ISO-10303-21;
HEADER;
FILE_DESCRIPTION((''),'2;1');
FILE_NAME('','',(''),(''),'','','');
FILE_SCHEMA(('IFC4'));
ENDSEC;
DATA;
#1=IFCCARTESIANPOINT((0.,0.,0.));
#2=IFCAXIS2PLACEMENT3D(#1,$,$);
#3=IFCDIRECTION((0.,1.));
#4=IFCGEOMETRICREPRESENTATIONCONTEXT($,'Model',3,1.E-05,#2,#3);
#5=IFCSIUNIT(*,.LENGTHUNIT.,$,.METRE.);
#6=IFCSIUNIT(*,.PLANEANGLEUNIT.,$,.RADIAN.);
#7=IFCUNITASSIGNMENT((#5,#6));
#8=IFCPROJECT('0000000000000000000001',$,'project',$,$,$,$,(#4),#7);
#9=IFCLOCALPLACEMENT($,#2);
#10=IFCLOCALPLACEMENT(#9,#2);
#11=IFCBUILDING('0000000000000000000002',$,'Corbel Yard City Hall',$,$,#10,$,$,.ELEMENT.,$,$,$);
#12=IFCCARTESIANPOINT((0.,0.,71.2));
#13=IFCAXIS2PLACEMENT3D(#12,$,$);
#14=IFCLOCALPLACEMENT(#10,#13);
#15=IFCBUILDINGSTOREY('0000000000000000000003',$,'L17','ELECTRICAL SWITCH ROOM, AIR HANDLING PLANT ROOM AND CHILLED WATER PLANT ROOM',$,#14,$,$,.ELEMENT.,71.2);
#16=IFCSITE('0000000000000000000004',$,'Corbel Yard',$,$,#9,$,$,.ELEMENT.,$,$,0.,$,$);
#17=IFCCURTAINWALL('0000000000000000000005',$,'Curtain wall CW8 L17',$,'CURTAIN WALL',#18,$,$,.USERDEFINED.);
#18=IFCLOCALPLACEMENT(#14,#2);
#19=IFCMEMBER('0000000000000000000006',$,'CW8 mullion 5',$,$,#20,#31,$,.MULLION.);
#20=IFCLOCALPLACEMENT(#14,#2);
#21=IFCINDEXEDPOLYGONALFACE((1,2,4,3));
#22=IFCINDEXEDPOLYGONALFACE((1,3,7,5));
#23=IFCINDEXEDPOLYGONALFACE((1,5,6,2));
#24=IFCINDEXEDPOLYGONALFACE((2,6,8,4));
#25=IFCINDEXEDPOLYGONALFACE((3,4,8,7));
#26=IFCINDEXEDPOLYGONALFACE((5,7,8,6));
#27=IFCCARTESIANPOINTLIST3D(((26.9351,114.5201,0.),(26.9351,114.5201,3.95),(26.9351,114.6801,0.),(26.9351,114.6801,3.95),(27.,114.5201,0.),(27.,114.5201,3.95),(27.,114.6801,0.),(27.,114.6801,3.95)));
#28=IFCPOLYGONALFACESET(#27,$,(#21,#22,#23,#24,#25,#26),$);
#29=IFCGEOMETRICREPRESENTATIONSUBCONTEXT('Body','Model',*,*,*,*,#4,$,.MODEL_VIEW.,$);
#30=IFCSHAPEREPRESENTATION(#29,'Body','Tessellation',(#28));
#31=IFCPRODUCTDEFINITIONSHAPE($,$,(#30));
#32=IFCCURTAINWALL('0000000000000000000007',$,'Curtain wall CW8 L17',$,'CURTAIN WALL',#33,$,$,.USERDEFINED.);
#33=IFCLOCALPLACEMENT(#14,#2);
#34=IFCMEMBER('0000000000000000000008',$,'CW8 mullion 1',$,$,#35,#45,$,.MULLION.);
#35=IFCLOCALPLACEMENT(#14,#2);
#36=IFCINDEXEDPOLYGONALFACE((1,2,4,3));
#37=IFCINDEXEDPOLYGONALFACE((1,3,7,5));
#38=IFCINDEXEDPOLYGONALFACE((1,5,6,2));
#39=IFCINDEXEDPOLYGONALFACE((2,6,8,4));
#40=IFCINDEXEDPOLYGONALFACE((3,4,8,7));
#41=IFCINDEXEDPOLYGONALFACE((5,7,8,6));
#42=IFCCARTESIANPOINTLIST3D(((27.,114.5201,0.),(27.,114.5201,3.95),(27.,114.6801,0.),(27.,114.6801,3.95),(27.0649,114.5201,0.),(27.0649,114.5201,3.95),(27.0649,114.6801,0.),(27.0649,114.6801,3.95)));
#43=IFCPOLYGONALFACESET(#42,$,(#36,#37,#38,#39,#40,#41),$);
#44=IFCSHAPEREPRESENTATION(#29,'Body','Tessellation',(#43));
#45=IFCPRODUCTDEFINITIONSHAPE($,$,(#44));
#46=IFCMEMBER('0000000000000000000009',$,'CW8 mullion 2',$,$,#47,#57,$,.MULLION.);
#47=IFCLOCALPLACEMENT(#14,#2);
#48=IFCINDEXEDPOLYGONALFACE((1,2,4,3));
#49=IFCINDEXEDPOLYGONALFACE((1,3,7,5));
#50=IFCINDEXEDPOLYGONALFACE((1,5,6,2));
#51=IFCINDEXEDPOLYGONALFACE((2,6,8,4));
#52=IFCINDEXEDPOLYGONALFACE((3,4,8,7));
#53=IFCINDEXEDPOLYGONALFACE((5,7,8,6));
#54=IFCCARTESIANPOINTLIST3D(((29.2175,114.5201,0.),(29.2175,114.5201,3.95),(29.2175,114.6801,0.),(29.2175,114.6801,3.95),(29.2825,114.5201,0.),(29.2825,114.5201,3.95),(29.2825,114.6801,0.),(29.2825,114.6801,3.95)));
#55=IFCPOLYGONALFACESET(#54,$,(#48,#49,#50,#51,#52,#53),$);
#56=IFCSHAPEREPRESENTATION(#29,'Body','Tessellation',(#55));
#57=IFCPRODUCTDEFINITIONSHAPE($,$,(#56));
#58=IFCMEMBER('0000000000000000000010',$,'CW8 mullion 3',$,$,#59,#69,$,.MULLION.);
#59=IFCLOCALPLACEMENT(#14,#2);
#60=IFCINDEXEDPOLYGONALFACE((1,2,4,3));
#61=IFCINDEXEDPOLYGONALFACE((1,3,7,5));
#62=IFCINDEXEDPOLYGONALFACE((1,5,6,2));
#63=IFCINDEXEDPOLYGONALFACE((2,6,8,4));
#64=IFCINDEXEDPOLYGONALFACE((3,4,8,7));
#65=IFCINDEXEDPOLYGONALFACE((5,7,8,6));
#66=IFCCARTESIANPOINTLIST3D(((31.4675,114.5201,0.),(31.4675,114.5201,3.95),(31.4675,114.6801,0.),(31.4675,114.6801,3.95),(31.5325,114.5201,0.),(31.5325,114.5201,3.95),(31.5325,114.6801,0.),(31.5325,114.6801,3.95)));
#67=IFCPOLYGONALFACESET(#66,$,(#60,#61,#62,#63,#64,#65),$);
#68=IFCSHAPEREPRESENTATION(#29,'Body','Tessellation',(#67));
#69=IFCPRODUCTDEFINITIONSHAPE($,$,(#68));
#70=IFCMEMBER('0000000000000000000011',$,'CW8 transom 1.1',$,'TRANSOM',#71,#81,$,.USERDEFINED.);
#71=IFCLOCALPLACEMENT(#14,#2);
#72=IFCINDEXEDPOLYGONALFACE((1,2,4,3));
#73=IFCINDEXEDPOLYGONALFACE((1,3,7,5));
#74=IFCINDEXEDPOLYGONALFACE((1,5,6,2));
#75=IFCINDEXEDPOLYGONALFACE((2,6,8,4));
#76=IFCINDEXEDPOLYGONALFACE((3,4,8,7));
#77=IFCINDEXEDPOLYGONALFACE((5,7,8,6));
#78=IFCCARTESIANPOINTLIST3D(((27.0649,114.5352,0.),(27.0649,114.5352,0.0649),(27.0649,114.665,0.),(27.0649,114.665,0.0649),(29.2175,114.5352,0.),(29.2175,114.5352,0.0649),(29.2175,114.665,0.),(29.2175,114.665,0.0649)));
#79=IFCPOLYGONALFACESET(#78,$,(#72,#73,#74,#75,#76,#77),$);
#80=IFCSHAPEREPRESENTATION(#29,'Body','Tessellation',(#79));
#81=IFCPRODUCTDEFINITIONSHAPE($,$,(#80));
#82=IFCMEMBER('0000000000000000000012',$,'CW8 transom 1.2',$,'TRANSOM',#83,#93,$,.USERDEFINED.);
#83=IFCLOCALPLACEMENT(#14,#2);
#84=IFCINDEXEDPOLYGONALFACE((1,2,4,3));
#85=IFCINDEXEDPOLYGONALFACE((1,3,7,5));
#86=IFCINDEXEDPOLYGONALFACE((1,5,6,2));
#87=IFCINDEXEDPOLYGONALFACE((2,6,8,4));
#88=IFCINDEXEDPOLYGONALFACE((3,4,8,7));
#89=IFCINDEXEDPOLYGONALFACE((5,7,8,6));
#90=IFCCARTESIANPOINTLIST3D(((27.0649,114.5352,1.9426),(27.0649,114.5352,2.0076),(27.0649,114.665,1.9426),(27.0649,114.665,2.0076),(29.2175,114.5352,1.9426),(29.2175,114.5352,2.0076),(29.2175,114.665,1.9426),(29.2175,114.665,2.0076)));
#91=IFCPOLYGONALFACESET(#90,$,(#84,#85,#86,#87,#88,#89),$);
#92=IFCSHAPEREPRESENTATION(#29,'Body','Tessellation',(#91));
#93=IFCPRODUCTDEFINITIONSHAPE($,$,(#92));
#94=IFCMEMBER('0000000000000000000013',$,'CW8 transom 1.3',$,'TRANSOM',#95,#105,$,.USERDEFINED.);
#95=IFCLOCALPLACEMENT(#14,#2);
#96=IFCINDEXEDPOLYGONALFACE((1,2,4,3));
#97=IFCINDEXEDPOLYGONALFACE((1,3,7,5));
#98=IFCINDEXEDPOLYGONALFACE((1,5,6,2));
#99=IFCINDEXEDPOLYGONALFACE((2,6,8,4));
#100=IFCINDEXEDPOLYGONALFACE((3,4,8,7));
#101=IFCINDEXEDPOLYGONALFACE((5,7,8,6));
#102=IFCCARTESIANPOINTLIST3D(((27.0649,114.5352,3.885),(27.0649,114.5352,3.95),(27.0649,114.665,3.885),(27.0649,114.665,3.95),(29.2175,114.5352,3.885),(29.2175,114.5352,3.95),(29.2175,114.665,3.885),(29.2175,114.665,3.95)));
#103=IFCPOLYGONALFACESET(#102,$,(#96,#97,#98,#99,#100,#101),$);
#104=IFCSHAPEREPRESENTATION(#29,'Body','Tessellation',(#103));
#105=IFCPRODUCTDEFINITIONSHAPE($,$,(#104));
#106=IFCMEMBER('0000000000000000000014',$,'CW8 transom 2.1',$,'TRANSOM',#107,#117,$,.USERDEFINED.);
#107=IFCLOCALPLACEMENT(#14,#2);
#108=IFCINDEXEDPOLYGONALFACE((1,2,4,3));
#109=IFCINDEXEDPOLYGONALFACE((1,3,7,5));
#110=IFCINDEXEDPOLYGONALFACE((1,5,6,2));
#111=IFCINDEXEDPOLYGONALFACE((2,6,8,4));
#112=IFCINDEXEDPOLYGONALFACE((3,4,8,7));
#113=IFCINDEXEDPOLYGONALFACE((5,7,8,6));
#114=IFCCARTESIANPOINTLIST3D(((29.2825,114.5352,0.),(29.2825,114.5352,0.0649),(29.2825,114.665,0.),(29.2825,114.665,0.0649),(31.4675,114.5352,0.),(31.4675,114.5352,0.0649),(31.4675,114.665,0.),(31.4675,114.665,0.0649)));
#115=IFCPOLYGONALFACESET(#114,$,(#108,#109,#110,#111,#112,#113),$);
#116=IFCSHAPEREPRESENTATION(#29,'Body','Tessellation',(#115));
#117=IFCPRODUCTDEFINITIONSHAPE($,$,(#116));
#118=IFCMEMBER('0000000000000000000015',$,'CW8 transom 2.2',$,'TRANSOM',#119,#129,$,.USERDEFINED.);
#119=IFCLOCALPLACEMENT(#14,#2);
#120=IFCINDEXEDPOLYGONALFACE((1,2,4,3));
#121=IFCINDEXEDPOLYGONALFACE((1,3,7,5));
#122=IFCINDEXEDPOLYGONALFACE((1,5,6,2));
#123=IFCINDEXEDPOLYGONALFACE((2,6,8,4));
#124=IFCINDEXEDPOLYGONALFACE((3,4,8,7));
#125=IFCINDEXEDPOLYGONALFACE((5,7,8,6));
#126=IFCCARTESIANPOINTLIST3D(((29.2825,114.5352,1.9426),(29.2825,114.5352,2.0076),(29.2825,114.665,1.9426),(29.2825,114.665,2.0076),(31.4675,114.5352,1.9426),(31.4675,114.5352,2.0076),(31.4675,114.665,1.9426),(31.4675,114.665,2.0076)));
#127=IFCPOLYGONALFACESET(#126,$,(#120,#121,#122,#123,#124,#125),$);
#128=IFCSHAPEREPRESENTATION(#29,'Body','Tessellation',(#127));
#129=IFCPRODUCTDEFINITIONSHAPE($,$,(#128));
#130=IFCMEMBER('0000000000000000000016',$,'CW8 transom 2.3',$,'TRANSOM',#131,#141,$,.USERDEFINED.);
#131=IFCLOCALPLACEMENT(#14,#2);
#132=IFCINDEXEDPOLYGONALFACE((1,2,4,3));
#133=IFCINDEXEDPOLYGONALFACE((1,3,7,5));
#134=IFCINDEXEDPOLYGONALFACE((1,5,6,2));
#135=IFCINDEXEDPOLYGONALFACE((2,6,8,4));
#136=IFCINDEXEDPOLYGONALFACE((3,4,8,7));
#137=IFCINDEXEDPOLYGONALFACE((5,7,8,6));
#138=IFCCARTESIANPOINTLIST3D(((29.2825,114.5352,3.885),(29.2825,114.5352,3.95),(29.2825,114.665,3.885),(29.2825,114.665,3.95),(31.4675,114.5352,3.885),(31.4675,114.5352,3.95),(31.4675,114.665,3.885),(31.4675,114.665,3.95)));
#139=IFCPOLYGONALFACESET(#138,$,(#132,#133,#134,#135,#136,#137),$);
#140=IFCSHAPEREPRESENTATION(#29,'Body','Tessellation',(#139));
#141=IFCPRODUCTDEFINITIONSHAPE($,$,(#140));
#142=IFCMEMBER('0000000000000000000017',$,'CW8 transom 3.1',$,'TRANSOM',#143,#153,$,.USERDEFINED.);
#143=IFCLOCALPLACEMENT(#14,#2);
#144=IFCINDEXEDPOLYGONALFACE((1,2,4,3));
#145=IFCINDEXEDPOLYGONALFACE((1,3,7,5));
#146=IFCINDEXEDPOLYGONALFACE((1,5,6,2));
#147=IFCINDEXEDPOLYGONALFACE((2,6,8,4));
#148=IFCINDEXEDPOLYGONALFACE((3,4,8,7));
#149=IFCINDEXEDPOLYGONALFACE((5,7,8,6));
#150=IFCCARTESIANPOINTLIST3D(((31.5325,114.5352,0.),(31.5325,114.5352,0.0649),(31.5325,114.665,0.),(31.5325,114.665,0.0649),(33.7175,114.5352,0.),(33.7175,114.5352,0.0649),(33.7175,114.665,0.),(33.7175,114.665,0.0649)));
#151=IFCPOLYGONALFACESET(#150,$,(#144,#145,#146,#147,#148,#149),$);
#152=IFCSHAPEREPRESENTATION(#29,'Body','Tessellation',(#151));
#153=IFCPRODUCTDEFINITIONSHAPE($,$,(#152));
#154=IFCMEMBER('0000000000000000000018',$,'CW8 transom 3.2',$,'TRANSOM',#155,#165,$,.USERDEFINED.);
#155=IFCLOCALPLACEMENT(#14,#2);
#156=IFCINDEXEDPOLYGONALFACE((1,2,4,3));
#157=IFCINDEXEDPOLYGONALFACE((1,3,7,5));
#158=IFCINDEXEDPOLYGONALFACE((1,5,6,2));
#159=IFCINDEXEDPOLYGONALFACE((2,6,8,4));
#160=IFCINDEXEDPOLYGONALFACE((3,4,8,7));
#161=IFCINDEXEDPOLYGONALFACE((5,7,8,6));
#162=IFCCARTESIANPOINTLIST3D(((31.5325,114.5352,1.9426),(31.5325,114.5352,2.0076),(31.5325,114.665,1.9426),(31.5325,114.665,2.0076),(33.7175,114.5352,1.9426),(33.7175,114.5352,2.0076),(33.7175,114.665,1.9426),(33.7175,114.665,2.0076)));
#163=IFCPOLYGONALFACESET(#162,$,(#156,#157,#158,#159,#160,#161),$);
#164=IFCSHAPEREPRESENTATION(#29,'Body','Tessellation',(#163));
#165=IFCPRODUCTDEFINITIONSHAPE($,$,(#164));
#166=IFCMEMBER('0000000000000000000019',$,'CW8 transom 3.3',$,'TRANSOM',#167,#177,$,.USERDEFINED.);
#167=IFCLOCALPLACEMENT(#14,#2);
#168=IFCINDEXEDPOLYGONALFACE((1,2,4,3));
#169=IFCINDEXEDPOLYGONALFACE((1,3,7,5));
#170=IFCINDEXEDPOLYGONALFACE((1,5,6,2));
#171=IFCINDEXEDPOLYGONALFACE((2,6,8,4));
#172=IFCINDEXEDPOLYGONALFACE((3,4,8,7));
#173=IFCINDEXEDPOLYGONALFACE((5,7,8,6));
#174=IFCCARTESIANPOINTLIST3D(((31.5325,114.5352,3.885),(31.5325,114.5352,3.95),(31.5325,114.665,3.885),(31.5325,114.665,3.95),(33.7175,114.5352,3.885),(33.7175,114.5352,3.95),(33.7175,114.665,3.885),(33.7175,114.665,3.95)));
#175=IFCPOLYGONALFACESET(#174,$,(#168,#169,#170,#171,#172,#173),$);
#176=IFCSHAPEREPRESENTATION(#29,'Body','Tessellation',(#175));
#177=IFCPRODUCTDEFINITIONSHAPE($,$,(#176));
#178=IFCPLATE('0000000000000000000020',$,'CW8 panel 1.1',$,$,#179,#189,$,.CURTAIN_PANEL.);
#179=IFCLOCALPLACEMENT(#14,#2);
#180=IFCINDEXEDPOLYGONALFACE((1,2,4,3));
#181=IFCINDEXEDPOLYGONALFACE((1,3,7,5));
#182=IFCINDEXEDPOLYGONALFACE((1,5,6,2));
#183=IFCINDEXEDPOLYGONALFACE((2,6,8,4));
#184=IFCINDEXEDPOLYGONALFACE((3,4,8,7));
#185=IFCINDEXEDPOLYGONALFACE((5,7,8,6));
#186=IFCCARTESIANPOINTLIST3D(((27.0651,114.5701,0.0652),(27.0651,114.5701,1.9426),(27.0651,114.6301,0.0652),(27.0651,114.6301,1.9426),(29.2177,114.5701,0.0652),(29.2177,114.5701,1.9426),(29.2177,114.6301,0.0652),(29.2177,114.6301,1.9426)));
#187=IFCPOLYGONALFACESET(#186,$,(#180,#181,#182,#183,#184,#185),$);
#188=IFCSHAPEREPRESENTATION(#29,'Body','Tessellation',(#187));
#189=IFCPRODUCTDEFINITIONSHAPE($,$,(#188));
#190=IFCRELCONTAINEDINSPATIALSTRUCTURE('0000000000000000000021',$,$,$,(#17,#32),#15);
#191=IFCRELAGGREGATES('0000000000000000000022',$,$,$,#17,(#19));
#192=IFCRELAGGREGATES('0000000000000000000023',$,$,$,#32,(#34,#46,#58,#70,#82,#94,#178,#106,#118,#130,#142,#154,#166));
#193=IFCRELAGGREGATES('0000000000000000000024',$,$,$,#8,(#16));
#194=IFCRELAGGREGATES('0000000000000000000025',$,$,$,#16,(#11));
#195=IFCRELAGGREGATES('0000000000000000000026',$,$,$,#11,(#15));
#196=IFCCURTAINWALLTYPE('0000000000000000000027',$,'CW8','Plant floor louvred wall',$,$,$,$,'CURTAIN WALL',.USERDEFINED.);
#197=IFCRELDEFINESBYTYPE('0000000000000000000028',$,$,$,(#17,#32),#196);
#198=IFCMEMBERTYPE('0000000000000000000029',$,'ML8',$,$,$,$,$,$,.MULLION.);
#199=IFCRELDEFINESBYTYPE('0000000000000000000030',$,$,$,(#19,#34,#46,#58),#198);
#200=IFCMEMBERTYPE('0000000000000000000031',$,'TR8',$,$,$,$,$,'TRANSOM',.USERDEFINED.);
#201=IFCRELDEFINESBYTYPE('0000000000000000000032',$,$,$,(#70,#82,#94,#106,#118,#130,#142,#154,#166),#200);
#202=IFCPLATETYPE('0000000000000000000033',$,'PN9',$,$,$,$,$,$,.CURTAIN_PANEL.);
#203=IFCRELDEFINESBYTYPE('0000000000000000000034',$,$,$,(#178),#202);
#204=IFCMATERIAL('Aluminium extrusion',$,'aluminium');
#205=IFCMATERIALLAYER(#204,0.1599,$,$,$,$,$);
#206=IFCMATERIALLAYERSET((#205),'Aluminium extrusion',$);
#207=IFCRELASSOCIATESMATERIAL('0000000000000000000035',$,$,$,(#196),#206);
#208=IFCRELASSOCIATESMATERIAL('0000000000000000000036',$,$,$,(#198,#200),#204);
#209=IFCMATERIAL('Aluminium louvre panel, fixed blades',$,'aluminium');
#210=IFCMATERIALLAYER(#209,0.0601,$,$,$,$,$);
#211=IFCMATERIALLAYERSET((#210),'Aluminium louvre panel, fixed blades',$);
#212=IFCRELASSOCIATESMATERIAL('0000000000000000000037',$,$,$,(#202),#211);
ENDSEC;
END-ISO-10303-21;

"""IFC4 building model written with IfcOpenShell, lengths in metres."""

from ifc_helpers import new_model, si_unit, direction, frame, origin, origin_2d, place, context, subcontext, project, spatial, rectangle, extrude, material, layer, layer_set, material_profile, profile_set, type_object, element, aggregate, save


model = new_model("IFC4")

# Units and contexts
model_context = context("Model", 3, precision=1e-05, world=origin(), true_north=direction((0.0, 1.0)))
body_context = subcontext(model_context, "Body", "Model", "MODEL_VIEW")
ifc_project = project(units=[si_unit("LENGTHUNIT", "METRE"), si_unit("PLANEANGLEUNIT", "RADIAN")], contexts=[model_context])

# Site, building, storey
site_placement = place(None, origin())
site = spatial("IfcSite", under=ifc_project, at=site_placement, Name="Corbel Yard", CompositionType="ELEMENT", RefElevation=0.0)
building_placement = place(site_placement, origin())
building = spatial("IfcBuilding", under=site, at=building_placement, Name="Corbel Yard City Hall", CompositionType="ELEMENT")
storey_placement = place(building_placement, frame((0.0, 0.0, 71.2)))
storey = spatial("IfcBuildingStorey", under=building, at=storey_placement, Name="L17", Description="ELECTRICAL SWITCH ROOM, AIR HANDLING PLANT ROOM AND CHILLED WATER PLANT ROOM", CompositionType="ELEMENT", Elevation=71.2)

# Curtain wall, member
ifc_material_1 = material(Name="Aluminium extrusion", Category="aluminium")
ifc_layer_1 = layer(ifc_material_1, 0.1599)
ifc_layer_set_1 = layer_set([ifc_layer_1], Name="Aluminium extrusion")
curtain_wall_type = type_object("IfcCurtainWallType", Name="CW8", Description="Plant floor louvred wall", ElementType="CURTAIN WALL", PredefinedType="USERDEFINED", material=ifc_layer_set_1)
curtain_wall_1_placement = place(storey_placement, origin())
curtain_wall_1 = element("IfcCurtainWall", 1, at=curtain_wall_1_placement, inside=storey, type_object=curtain_wall_type, Name="Curtain wall CW8 L17", ObjectType="CURTAIN WALL", PredefinedType="USERDEFINED")
ifc_material_profile_1 = material_profile(ifc_material_1, rectangle(XDim=0.1599, YDim=0.0649, at=origin_2d()), Name="160x65")
ifc_profile_set_1 = profile_set([ifc_material_profile_1], Name="Aluminium extrusion")
member_type_1 = type_object("IfcMemberType", Name="ML8", PredefinedType="MULLION", material=ifc_profile_set_1)
member_1_placement = place(storey_placement, frame((26.9675, 114.6001, 0.0), z_axis=(0.0, 0.0, 1.0), x_axis=(0.0, 1.0, 0.0)))
member_1 = element("IfcMember", 2, at=member_1_placement, type_object=member_type_1, Name="CW8 mullion 5", PredefinedType="MULLION", context=body_context, shape_type="SweptSolid", body=[
    extrude(rectangle(XDim=0.1599, YDim=0.0649, at=origin_2d()), origin(), (0.0, 0.0, 1.0), 3.95),
])
aggregate(curtain_wall_1, [member_1])

# Curtain wall, members, plate
curtain_wall_2_placement = place(storey_placement, origin())
curtain_wall_2 = element("IfcCurtainWall", 3, at=curtain_wall_2_placement, inside=storey, type_object=curtain_wall_type, Name="Curtain wall CW8 L17", ObjectType="CURTAIN WALL", PredefinedType="USERDEFINED")
member_2_placement = place(storey_placement, frame((27.0325, 114.6001, 0.0), z_axis=(0.0, 0.0, 1.0), x_axis=(0.0, 1.0, 0.0)))
member_2 = element("IfcMember", 4, at=member_2_placement, type_object=member_type_1, Name="CW8 mullion 1", PredefinedType="MULLION", context=body_context, shape_type="SweptSolid", body=[
    extrude(rectangle(XDim=0.1599, YDim=0.0649, at=origin_2d()), origin(), (0.0, 0.0, 1.0), 3.95),
])
member_3_placement = place(storey_placement, frame((29.25, 114.6001, 0.0), z_axis=(0.0, 0.0, 1.0), x_axis=(0.0, 1.0, 0.0)))
member_3 = element("IfcMember", 5, at=member_3_placement, type_object=member_type_1, Name="CW8 mullion 2", PredefinedType="MULLION", context=body_context, shape_type="SweptSolid", body=[
    extrude(rectangle(XDim=0.1599, YDim=0.0649, at=origin_2d()), origin(), (0.0, 0.0, 1.0), 3.95),
])
member_4_placement = place(storey_placement, frame((31.5, 114.6001, 0.0), z_axis=(0.0, 0.0, 1.0), x_axis=(0.0, 1.0, 0.0)))
member_4 = element("IfcMember", 6, at=member_4_placement, type_object=member_type_1, Name="CW8 mullion 3", PredefinedType="MULLION", context=body_context, shape_type="SweptSolid", body=[
    extrude(rectangle(XDim=0.1599, YDim=0.0649, at=origin_2d()), origin(), (0.0, 0.0, 1.0), 3.95),
])
ifc_material_profile_2 = material_profile(ifc_material_1, rectangle(XDim=0.1299, YDim=0.0649, at=origin_2d()), Name="130x65")
ifc_profile_set_2 = profile_set([ifc_material_profile_2], Name="Aluminium extrusion")
member_type_2 = type_object("IfcMemberType", Name="TR8", ElementType="TRANSOM", PredefinedType="USERDEFINED", material=ifc_profile_set_2)
member_5_placement = place(storey_placement, frame((27.0649, 114.6001, 0.0325), z_axis=(1.0, 0.0, 0.0), x_axis=(0.0, 1.0, 0.0)))
member_5 = element("IfcMember", 7, at=member_5_placement, type_object=member_type_2, Name="CW8 transom 1.1", ObjectType="TRANSOM", PredefinedType="USERDEFINED", context=body_context, shape_type="SweptSolid", body=[
    extrude(rectangle(XDim=0.1299, YDim=0.0649, at=origin_2d()), origin(), (0.0, 0.0, 1.0), 2.1526),
])
member_6_placement = place(storey_placement, frame((27.0649, 114.6001, 1.9751), z_axis=(1.0, 0.0, 0.0), x_axis=(0.0, 1.0, 0.0)))
member_6 = element("IfcMember", 8, at=member_6_placement, type_object=member_type_2, Name="CW8 transom 1.2", ObjectType="TRANSOM", PredefinedType="USERDEFINED", context=body_context, shape_type="SweptSolid", body=[
    extrude(rectangle(XDim=0.1299, YDim=0.0649, at=origin_2d()), origin(), (0.0, 0.0, 1.0), 2.1526),
])
member_7_placement = place(storey_placement, frame((27.0649, 114.6001, 3.9175), z_axis=(1.0, 0.0, 0.0), x_axis=(0.0, 1.0, 0.0)))
member_7 = element("IfcMember", 9, at=member_7_placement, type_object=member_type_2, Name="CW8 transom 1.3", ObjectType="TRANSOM", PredefinedType="USERDEFINED", context=body_context, shape_type="SweptSolid", body=[
    extrude(rectangle(XDim=0.1299, YDim=0.0649, at=origin_2d()), origin(), (0.0, 0.0, 1.0), 2.1526),
])
member_8_placement = place(storey_placement, frame((29.2825, 114.6001, 0.0325), z_axis=(1.0, 0.0, 0.0), x_axis=(0.0, 1.0, 0.0)))
member_8 = element("IfcMember", 10, at=member_8_placement, type_object=member_type_2, Name="CW8 transom 2.1", ObjectType="TRANSOM", PredefinedType="USERDEFINED", context=body_context, shape_type="SweptSolid", body=[
    extrude(rectangle(XDim=0.1299, YDim=0.0649, at=origin_2d()), origin(), (0.0, 0.0, 1.0), 2.1851),
])
member_9_placement = place(storey_placement, frame((29.2825, 114.6001, 1.9751), z_axis=(1.0, 0.0, 0.0), x_axis=(0.0, 1.0, 0.0)))
member_9 = element("IfcMember", 11, at=member_9_placement, type_object=member_type_2, Name="CW8 transom 2.2", ObjectType="TRANSOM", PredefinedType="USERDEFINED", context=body_context, shape_type="SweptSolid", body=[
    extrude(rectangle(XDim=0.1299, YDim=0.0649, at=origin_2d()), origin(), (0.0, 0.0, 1.0), 2.1851),
])
member_10_placement = place(storey_placement, frame((29.2825, 114.6001, 3.9175), z_axis=(1.0, 0.0, 0.0), x_axis=(0.0, 1.0, 0.0)))
member_10 = element("IfcMember", 12, at=member_10_placement, type_object=member_type_2, Name="CW8 transom 2.3", ObjectType="TRANSOM", PredefinedType="USERDEFINED", context=body_context, shape_type="SweptSolid", body=[
    extrude(rectangle(XDim=0.1299, YDim=0.0649, at=origin_2d()), origin(), (0.0, 0.0, 1.0), 2.1851),
])
member_11_placement = place(storey_placement, frame((31.5325, 114.6001, 0.0325), z_axis=(1.0, 0.0, 0.0), x_axis=(0.0, 1.0, 0.0)))
member_11 = element("IfcMember", 13, at=member_11_placement, type_object=member_type_2, Name="CW8 transom 3.1", ObjectType="TRANSOM", PredefinedType="USERDEFINED", context=body_context, shape_type="SweptSolid", body=[
    extrude(rectangle(XDim=0.1299, YDim=0.0649, at=origin_2d()), origin(), (0.0, 0.0, 1.0), 2.1851),
])
member_12_placement = place(storey_placement, frame((31.5325, 114.6001, 1.9751), z_axis=(1.0, 0.0, 0.0), x_axis=(0.0, 1.0, 0.0)))
member_12 = element("IfcMember", 14, at=member_12_placement, type_object=member_type_2, Name="CW8 transom 3.2", ObjectType="TRANSOM", PredefinedType="USERDEFINED", context=body_context, shape_type="SweptSolid", body=[
    extrude(rectangle(XDim=0.1299, YDim=0.0649, at=origin_2d()), origin(), (0.0, 0.0, 1.0), 2.1851),
])
member_13_placement = place(storey_placement, frame((31.5325, 114.6001, 3.9175), z_axis=(1.0, 0.0, 0.0), x_axis=(0.0, 1.0, 0.0)))
member_13 = element("IfcMember", 15, at=member_13_placement, type_object=member_type_2, Name="CW8 transom 3.3", ObjectType="TRANSOM", PredefinedType="USERDEFINED", context=body_context, shape_type="SweptSolid", body=[
    extrude(rectangle(XDim=0.1299, YDim=0.0649, at=origin_2d()), origin(), (0.0, 0.0, 1.0), 2.1851),
])
ifc_material_2 = material(Name="Aluminium louvre panel, fixed blades", Category="aluminium")
ifc_layer_2 = layer(ifc_material_2, 0.0601)
ifc_layer_set_2 = layer_set([ifc_layer_2], Name="Aluminium louvre panel, fixed blades")
plate_type = type_object("IfcPlateType", Name="PN9", PredefinedType="CURTAIN_PANEL", material=ifc_layer_set_2)
plate_1_placement = place(storey_placement, frame((28.1414, 114.6001, 0.0652), z_axis=(0.0, 0.0, 1.0), x_axis=(1.0, 0.0, 0.0)))
plate_1 = element("IfcPlate", 16, at=plate_1_placement, type_object=plate_type, Name="CW8 panel 1.1", PredefinedType="CURTAIN_PANEL", context=body_context, shape_type="SweptSolid", body=[
    extrude(rectangle(XDim=2.1526, YDim=0.0601, at=origin_2d()), origin(), (0.0, 0.0, 1.0), 1.8774),
])
aggregate(curtain_wall_2, [member_2, member_3, member_4, member_5, member_6, member_7, plate_1, member_8, member_9, member_10, member_11, member_12, member_13])

save(model, "model.ifc")
